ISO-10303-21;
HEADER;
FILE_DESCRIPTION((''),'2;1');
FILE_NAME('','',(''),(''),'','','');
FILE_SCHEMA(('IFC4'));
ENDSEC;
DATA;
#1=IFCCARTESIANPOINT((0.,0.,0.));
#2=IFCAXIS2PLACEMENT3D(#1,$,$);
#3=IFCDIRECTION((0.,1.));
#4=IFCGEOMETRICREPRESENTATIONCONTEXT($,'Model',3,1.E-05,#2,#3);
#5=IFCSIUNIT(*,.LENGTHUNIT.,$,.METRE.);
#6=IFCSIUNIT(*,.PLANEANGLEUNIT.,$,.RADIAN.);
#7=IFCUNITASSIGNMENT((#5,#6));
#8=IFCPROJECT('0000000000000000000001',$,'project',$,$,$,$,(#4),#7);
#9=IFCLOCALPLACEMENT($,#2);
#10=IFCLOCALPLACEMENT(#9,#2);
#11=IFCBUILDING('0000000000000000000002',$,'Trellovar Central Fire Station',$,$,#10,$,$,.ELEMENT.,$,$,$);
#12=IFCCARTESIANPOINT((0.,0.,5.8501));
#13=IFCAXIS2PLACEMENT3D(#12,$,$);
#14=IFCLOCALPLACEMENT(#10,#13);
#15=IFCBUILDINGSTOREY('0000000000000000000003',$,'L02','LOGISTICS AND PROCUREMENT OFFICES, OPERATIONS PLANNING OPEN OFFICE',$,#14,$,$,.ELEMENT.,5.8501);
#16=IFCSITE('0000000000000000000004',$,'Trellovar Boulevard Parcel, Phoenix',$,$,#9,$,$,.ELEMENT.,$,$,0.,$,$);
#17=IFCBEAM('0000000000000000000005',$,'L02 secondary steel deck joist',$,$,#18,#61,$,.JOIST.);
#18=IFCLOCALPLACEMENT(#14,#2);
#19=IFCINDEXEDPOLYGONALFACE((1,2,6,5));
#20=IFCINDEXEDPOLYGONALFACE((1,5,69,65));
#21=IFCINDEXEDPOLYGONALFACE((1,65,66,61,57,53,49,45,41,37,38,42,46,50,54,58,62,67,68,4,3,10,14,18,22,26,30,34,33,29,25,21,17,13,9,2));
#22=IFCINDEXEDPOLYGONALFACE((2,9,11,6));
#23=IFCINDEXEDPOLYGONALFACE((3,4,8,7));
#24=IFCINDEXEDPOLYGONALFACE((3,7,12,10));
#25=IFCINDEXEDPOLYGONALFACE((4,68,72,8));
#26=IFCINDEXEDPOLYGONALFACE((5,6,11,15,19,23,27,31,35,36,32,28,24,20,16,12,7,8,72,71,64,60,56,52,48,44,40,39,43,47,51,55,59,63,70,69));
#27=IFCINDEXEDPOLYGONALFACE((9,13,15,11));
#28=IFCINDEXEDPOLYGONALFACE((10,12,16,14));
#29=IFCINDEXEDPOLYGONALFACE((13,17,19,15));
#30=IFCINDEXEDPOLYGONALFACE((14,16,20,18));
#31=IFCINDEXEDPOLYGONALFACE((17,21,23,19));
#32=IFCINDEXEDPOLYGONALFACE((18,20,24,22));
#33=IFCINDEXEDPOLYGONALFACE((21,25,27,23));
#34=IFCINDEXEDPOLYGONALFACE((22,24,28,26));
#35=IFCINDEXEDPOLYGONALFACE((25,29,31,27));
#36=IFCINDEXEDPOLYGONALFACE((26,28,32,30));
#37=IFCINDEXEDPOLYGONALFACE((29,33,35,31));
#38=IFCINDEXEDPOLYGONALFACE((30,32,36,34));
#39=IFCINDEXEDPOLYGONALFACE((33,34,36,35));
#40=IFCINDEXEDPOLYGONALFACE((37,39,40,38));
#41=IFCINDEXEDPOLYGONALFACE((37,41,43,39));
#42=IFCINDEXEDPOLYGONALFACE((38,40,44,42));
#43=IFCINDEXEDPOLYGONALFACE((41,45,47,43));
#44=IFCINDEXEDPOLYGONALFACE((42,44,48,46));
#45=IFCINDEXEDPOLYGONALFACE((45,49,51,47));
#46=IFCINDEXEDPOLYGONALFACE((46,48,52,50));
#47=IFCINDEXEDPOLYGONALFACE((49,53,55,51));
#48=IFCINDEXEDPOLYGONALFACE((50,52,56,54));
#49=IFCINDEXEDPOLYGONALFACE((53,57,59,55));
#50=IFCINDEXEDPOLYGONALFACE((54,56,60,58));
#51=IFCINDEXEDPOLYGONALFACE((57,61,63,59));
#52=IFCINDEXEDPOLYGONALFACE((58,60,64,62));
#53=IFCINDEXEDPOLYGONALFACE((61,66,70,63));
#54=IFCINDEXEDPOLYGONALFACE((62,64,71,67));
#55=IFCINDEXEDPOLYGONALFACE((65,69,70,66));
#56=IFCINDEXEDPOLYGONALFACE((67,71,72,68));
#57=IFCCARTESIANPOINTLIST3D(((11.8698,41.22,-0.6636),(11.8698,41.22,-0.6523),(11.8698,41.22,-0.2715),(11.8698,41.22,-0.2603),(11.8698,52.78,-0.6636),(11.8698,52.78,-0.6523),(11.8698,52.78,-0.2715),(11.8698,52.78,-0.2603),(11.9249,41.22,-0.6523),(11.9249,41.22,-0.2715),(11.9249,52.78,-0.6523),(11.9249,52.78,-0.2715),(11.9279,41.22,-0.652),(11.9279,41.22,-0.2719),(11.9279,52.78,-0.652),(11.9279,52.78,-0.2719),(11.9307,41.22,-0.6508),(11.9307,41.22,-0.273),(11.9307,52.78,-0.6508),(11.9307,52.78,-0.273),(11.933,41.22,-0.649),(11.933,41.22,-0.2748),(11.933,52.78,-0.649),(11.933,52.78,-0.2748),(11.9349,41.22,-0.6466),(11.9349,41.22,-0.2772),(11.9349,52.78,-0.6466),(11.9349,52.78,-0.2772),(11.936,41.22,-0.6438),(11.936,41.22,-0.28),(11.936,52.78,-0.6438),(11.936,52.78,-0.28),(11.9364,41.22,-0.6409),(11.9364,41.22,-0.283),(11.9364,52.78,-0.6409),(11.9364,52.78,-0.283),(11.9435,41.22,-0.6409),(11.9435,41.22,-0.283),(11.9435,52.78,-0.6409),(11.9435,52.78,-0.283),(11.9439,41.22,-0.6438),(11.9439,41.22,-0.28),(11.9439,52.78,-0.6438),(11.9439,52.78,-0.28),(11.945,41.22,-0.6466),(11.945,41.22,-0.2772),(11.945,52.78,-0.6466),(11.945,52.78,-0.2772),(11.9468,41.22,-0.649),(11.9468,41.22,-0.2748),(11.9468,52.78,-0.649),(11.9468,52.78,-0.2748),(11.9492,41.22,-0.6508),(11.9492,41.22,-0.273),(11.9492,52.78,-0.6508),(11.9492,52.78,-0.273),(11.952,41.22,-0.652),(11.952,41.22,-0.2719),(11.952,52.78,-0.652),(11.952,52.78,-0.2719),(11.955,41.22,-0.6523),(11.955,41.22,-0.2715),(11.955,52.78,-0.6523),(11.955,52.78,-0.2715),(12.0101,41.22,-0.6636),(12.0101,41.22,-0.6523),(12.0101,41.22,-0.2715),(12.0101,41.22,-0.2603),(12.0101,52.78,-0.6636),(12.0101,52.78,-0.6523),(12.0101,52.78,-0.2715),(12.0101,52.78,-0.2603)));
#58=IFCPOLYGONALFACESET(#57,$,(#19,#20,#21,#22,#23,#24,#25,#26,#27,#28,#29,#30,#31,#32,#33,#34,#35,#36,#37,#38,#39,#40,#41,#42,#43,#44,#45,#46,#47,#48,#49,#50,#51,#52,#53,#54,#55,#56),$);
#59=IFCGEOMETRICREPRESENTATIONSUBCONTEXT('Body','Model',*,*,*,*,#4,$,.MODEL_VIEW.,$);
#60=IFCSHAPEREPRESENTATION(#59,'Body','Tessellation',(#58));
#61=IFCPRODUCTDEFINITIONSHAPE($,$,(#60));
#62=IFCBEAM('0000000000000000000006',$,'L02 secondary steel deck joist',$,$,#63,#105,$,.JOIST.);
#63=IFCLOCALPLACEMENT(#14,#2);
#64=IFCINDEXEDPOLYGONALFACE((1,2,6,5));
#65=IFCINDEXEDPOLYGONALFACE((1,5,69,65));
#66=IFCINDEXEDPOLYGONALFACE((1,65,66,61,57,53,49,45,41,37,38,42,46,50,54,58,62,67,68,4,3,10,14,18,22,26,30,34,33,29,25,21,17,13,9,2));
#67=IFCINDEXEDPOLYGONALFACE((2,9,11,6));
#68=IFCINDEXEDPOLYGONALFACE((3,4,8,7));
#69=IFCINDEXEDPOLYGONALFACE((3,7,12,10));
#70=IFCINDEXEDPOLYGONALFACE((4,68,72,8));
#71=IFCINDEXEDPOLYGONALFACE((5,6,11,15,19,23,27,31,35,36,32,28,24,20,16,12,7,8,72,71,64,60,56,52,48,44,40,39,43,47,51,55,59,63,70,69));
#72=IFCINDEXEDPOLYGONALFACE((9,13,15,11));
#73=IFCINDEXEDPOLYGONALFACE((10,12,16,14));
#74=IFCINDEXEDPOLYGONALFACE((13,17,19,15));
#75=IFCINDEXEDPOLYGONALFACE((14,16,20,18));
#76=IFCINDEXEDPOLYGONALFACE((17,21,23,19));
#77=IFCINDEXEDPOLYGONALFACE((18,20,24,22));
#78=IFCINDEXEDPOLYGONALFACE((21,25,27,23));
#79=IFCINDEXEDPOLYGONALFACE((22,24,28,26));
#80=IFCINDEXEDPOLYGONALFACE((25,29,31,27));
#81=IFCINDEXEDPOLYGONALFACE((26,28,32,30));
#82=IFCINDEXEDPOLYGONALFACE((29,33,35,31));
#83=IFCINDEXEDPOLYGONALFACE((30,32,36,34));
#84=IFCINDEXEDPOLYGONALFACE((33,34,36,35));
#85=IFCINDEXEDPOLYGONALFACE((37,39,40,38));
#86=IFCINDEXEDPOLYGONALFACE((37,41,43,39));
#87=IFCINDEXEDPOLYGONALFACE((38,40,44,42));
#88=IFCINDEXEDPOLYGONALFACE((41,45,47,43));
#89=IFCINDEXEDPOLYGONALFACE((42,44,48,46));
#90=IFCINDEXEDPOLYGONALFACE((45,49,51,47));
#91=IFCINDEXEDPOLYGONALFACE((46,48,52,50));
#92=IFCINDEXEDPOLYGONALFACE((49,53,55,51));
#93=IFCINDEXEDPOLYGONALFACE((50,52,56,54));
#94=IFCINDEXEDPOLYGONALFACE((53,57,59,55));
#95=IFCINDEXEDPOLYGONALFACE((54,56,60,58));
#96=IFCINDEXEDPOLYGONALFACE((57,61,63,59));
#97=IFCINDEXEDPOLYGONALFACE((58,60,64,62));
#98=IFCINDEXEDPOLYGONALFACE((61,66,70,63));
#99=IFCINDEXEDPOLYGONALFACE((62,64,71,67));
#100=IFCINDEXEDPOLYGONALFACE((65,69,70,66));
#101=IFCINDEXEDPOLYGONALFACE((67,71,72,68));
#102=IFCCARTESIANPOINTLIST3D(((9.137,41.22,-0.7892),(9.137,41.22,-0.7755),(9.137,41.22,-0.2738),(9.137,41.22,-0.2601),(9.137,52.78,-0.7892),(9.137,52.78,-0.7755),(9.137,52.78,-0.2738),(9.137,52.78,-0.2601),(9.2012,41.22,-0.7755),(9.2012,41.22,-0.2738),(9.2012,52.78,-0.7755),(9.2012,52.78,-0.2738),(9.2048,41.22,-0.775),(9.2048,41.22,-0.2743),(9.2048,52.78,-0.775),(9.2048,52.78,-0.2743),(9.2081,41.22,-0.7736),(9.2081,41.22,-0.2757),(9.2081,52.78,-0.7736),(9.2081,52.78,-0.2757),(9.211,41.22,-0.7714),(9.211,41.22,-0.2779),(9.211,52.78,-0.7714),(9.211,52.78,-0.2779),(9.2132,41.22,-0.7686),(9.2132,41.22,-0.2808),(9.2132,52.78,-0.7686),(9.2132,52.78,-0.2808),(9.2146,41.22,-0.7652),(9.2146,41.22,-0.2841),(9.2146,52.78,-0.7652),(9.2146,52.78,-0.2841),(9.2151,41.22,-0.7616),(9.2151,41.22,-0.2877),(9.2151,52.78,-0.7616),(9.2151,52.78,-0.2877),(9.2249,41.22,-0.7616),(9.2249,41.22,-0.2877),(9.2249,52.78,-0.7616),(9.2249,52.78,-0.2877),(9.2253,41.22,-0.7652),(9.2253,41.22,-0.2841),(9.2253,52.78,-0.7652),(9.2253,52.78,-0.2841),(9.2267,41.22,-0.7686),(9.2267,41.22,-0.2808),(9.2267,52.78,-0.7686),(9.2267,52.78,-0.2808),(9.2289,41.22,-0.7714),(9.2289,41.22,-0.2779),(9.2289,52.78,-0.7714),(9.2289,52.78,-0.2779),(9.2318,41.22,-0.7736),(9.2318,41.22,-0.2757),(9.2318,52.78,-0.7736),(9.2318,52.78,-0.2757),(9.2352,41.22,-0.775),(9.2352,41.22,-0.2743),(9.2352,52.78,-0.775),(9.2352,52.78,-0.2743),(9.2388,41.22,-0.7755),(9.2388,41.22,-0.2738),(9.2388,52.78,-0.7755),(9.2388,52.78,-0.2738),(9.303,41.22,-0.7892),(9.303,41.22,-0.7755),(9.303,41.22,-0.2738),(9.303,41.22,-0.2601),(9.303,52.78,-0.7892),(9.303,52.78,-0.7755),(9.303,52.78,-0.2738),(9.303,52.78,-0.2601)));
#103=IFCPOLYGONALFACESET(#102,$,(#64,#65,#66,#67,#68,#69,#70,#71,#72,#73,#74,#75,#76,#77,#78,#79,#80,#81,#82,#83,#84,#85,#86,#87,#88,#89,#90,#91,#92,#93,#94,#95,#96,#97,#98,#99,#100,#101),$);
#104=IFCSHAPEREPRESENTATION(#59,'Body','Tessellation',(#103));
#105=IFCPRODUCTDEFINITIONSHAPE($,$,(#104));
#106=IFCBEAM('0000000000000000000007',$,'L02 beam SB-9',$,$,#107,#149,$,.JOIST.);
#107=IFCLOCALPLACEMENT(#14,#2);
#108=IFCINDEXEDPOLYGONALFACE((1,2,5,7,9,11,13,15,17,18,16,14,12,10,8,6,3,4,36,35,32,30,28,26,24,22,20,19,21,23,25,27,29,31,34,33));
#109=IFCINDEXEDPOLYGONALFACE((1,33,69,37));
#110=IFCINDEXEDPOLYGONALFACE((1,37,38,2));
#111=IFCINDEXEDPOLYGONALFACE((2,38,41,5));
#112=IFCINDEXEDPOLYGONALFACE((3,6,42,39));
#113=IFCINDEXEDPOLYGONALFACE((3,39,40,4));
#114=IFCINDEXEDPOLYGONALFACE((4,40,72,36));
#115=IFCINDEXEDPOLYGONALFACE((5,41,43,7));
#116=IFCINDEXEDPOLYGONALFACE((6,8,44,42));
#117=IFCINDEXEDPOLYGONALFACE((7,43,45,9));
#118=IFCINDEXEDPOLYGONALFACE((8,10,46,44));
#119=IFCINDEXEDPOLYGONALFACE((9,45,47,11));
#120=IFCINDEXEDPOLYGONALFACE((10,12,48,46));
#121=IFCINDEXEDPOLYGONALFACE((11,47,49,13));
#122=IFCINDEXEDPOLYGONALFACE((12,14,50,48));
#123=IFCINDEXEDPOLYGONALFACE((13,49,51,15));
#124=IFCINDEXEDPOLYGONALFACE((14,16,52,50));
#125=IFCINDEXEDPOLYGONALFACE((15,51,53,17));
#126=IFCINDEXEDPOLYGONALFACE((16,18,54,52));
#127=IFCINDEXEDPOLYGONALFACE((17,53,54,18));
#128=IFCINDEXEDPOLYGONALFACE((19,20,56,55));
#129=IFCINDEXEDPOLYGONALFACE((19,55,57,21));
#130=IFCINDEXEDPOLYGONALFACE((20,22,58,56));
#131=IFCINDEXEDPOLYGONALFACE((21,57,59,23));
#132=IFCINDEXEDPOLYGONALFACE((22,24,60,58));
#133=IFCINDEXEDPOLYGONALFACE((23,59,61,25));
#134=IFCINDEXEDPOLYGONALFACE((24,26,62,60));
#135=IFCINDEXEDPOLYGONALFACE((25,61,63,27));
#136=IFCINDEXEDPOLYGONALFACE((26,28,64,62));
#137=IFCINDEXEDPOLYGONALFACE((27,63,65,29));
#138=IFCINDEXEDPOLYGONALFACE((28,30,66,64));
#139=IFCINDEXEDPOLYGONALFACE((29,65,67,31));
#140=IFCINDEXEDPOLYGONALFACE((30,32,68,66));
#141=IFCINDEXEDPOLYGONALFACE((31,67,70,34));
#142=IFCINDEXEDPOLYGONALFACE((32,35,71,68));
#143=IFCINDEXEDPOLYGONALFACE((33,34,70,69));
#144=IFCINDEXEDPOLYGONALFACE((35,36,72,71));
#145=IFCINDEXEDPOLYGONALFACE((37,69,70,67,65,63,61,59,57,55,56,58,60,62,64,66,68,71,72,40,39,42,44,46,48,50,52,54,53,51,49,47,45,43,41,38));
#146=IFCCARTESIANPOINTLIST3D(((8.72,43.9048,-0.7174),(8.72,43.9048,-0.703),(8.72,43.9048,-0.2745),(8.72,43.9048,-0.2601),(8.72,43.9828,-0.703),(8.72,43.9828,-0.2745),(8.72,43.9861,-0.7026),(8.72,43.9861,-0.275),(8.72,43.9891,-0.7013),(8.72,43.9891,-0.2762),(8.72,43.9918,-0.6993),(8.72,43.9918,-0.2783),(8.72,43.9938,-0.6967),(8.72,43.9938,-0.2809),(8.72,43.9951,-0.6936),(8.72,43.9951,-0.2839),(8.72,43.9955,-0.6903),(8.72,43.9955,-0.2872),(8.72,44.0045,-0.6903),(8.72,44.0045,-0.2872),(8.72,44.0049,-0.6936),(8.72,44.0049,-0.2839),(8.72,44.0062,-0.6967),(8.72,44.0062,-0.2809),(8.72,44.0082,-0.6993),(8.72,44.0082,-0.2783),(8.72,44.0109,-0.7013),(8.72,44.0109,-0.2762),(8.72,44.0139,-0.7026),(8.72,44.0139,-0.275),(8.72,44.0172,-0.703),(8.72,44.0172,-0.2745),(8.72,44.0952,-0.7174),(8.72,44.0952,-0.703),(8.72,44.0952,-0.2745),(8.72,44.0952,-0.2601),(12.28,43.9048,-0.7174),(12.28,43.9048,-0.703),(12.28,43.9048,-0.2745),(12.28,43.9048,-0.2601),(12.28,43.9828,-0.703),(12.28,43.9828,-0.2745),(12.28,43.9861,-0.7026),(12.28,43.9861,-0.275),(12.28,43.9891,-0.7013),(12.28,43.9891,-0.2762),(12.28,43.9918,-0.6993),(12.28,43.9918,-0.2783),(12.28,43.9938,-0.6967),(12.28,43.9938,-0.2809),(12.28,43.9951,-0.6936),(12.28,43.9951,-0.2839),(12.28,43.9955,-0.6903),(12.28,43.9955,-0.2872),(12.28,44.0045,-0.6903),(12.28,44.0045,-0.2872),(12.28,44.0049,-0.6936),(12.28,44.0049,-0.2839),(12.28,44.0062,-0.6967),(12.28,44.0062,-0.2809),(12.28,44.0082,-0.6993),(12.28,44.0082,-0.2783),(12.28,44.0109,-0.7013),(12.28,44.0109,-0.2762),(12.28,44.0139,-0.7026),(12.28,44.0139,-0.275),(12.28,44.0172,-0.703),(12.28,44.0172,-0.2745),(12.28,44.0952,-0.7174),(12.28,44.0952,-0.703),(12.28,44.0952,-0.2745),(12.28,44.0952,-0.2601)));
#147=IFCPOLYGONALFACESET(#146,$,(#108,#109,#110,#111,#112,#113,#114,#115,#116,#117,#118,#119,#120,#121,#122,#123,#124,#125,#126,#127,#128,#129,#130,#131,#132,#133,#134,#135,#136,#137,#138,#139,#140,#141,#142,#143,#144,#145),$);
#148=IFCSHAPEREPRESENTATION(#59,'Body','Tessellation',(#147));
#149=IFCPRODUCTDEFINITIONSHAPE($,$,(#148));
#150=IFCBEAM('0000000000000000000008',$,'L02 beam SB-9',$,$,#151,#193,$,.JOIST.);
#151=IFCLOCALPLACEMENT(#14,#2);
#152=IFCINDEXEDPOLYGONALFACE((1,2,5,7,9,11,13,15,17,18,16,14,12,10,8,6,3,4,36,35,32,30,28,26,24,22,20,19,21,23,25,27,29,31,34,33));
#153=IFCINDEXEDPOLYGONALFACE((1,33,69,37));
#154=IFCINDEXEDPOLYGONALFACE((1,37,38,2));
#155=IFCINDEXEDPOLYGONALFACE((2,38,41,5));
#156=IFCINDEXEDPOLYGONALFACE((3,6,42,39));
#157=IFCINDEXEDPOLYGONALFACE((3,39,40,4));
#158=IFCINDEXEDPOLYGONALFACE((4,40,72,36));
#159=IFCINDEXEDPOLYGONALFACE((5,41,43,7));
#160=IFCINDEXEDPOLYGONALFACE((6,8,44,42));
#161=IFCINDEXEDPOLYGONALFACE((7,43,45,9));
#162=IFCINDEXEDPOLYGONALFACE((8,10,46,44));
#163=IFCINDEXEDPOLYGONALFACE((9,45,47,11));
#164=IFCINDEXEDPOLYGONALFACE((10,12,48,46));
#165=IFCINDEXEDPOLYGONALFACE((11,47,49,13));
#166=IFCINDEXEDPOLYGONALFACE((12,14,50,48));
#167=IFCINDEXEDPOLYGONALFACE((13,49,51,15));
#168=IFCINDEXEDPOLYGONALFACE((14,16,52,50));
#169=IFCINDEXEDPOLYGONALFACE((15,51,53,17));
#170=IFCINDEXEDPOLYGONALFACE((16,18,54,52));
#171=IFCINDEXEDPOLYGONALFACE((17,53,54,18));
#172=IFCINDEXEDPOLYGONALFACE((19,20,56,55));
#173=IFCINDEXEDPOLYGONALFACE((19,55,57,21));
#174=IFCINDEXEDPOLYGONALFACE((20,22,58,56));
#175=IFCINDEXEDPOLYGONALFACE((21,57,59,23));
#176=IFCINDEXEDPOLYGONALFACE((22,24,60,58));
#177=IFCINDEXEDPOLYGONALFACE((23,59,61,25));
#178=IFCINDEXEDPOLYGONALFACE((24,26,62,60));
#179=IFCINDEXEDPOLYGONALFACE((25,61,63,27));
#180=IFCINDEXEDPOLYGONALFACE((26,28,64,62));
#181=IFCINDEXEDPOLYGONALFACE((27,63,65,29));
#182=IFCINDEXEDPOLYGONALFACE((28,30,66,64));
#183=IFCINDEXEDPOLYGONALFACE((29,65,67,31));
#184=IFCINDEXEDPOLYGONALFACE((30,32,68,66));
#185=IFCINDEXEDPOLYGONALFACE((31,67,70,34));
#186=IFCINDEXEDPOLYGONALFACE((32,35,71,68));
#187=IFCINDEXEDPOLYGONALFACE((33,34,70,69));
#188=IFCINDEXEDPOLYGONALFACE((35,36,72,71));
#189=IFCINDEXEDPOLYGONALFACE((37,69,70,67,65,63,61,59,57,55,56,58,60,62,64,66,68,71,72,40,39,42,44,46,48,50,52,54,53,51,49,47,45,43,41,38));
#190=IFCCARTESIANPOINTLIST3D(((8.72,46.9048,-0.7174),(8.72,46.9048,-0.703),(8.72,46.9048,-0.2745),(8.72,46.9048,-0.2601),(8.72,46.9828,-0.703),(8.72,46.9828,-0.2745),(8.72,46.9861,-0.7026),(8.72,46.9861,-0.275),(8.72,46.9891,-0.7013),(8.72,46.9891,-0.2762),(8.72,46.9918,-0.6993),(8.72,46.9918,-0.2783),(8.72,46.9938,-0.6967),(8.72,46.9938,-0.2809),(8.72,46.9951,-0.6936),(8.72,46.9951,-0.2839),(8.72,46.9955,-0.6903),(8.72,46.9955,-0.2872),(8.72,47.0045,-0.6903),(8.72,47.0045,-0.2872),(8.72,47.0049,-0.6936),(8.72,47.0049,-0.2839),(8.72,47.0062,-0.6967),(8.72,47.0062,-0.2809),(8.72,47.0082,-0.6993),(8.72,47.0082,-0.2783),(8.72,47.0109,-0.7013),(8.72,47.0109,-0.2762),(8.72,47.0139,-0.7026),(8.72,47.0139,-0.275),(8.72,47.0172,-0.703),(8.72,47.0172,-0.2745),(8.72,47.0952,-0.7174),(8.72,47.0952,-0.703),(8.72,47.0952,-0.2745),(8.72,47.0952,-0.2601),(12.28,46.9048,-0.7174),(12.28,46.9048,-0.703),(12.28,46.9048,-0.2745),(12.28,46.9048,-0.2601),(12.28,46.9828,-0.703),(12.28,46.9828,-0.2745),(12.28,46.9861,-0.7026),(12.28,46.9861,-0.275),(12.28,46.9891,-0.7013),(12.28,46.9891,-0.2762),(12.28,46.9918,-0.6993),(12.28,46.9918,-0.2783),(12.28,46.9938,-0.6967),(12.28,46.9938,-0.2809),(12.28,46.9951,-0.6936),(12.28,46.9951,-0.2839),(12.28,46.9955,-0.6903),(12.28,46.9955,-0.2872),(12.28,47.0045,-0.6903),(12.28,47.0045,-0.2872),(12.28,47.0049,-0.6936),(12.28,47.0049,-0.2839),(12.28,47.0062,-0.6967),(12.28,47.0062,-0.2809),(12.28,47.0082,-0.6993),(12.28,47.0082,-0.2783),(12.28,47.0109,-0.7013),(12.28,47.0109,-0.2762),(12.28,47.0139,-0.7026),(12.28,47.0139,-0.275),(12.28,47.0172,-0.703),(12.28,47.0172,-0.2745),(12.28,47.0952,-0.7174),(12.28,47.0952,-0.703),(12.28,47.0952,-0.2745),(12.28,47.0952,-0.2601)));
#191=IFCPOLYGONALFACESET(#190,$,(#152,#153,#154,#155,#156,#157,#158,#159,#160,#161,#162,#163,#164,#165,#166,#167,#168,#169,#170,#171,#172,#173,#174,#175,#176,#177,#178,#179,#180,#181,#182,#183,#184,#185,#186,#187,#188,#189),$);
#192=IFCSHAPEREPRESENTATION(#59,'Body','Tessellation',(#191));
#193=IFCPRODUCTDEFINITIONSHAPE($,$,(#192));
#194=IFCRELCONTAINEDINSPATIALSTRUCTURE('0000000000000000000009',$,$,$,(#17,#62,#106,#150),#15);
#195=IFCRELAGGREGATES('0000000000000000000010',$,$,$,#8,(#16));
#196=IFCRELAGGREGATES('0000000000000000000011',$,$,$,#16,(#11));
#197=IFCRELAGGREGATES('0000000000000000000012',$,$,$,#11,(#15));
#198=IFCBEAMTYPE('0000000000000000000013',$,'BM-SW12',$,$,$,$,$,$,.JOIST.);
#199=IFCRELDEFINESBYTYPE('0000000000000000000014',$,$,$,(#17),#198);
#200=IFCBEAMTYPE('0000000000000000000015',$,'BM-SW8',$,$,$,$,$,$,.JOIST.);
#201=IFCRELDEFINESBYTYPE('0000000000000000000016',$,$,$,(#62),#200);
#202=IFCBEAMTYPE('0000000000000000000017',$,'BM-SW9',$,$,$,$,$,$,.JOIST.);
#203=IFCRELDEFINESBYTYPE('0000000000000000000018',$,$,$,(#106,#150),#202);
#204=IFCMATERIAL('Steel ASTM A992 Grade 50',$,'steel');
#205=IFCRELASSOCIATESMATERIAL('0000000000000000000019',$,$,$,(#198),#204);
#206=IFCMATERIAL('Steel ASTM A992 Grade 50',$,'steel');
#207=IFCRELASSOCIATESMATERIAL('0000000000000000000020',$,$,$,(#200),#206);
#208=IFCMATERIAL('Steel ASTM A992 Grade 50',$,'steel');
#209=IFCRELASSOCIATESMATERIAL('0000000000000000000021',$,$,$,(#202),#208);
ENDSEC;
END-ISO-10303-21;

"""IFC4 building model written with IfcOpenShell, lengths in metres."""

from ifc_helpers import new_model, si_unit, direction, frame, origin, origin_2d, place, context, subcontext, project, spatial, i_section, extrude, material, material_profile, profile_set, type_object, element, save


model = new_model("IFC4")

# Units and contexts
model_context = context("Model", 3, precision=1e-05, world=origin(), true_north=direction((0.0, 1.0)))
body_context = subcontext(model_context, "Body", "Model", "MODEL_VIEW")
ifc_project = project(units=[si_unit("LENGTHUNIT", "METRE"), si_unit("PLANEANGLEUNIT", "RADIAN")], contexts=[model_context])

# Site, building, storey
site_placement = place(None, origin())
site = spatial("IfcSite", under=ifc_project, at=site_placement, Name="Trellovar Boulevard Parcel, Phoenix", CompositionType="ELEMENT", RefElevation=0.0)
building_placement = place(site_placement, origin())
building = spatial("IfcBuilding", under=site, at=building_placement, Name="Trellovar Central Fire Station", CompositionType="ELEMENT")
storey_placement = place(building_placement, frame((0.0, 0.0, 5.8501)))
storey = spatial("IfcBuildingStorey", under=building, at=storey_placement, Name="L02", Description="LOGISTICS AND PROCUREMENT OFFICES, OPERATIONS PLANNING OPEN OFFICE", CompositionType="ELEMENT", Elevation=5.8501)

# Beams
ifc_material_1 = material(Name="Steel ASTM A992 Grade 50", Category="steel")
ifc_material_profile_1 = material_profile(ifc_material_1, i_section(OverallWidth=0.1404, OverallDepth=0.4033, WebThickness=0.0071, FlangeThickness=0.0112, FilletRadius=0.0115, at=origin_2d()), Name="W16X31")
ifc_profile_set_1 = profile_set([ifc_material_profile_1], Name="Steel ASTM A992 Grade 50")
beam_type_1 = type_object("IfcBeamType", Name="BM-SW12", PredefinedType="JOIST", material=ifc_profile_set_1)
beam_1_placement = place(storey_placement, frame((11.9399, 41.22, -0.4619), z_axis=(0.0, 1.0, 0.0), x_axis=(-1.0, 0.0, 0.0)))
element("IfcBeam", 1, at=beam_1_placement, inside=storey, type_object=beam_type_1, Name="L02 secondary steel deck joist", PredefinedType="JOIST", context=body_context, shape_type="SweptSolid", body=[
    extrude(i_section(OverallWidth=0.1404, OverallDepth=0.4033, WebThickness=0.0071, FlangeThickness=0.0112, FilletRadius=0.0115, at=origin_2d()), origin(), (0.0, 0.0, 1.0), 11.5601),
])
ifc_material_2 = material(Name="Steel ASTM A992 Grade 50", Category="steel")
ifc_material_profile_2 = material_profile(ifc_material_2, i_section(OverallWidth=0.166, OverallDepth=0.5291, WebThickness=0.0098, FlangeThickness=0.0137, FilletRadius=0.0139, at=origin_2d()), Name="W21X50")
ifc_profile_set_2 = profile_set([ifc_material_profile_2], Name="Steel ASTM A992 Grade 50")
beam_type_2 = type_object("IfcBeamType", Name="BM-SW8", PredefinedType="JOIST", material=ifc_profile_set_2)
beam_2_placement = place(storey_placement, frame((9.22, 41.22, -0.5247), z_axis=(0.0, 1.0, 0.0), x_axis=(-1.0, 0.0, 0.0)))
element("IfcBeam", 2, at=beam_2_placement, inside=storey, type_object=beam_type_2, Name="L02 secondary steel deck joist", PredefinedType="JOIST", context=body_context, shape_type="SweptSolid", body=[
    extrude(i_section(OverallWidth=0.166, OverallDepth=0.5291, WebThickness=0.0098, FlangeThickness=0.0137, FilletRadius=0.0139, at=origin_2d()), origin(), (0.0, 0.0, 1.0), 11.5601),
])
ifc_material_3 = material(Name="Steel ASTM A992 Grade 50", Category="steel")
ifc_material_profile_3 = material_profile(ifc_material_3, i_section(OverallWidth=0.1904, OverallDepth=0.4573, WebThickness=0.009, FlangeThickness=0.0144, FilletRadius=0.0127, at=origin_2d()), Name="W18X50")
ifc_profile_set_3 = profile_set([ifc_material_profile_3], Name="Steel ASTM A992 Grade 50")
beam_type_3 = type_object("IfcBeamType", Name="BM-SW9", PredefinedType="JOIST", material=ifc_profile_set_3)
for number, where, z_axis, x_axis, name in (
    (3, (8.72, 44.0, -0.4888), (1.0, 0.0, 0.0), (0.0, 1.0, 0.0), "L02 beam SB-9"),
    (4, (8.72, 47.0, -0.4888), (1.0, 0.0, 0.0), (0.0, 1.0, 0.0), "L02 beam SB-9"),
):
    element("IfcBeam", number, at=place(storey_placement, frame(where, z_axis=z_axis, x_axis=x_axis)), inside=storey, type_object=beam_type_3, Name=name, PredefinedType="JOIST", context=body_context, shape_type="SweptSolid", body=[
        extrude(i_section(OverallWidth=0.1904, OverallDepth=0.4573, WebThickness=0.009, FlangeThickness=0.0144, FilletRadius=0.0127, at=origin_2d()), origin(), (0.0, 0.0, 1.0), 3.5601),
    ])

save(model, "model.ifc")
